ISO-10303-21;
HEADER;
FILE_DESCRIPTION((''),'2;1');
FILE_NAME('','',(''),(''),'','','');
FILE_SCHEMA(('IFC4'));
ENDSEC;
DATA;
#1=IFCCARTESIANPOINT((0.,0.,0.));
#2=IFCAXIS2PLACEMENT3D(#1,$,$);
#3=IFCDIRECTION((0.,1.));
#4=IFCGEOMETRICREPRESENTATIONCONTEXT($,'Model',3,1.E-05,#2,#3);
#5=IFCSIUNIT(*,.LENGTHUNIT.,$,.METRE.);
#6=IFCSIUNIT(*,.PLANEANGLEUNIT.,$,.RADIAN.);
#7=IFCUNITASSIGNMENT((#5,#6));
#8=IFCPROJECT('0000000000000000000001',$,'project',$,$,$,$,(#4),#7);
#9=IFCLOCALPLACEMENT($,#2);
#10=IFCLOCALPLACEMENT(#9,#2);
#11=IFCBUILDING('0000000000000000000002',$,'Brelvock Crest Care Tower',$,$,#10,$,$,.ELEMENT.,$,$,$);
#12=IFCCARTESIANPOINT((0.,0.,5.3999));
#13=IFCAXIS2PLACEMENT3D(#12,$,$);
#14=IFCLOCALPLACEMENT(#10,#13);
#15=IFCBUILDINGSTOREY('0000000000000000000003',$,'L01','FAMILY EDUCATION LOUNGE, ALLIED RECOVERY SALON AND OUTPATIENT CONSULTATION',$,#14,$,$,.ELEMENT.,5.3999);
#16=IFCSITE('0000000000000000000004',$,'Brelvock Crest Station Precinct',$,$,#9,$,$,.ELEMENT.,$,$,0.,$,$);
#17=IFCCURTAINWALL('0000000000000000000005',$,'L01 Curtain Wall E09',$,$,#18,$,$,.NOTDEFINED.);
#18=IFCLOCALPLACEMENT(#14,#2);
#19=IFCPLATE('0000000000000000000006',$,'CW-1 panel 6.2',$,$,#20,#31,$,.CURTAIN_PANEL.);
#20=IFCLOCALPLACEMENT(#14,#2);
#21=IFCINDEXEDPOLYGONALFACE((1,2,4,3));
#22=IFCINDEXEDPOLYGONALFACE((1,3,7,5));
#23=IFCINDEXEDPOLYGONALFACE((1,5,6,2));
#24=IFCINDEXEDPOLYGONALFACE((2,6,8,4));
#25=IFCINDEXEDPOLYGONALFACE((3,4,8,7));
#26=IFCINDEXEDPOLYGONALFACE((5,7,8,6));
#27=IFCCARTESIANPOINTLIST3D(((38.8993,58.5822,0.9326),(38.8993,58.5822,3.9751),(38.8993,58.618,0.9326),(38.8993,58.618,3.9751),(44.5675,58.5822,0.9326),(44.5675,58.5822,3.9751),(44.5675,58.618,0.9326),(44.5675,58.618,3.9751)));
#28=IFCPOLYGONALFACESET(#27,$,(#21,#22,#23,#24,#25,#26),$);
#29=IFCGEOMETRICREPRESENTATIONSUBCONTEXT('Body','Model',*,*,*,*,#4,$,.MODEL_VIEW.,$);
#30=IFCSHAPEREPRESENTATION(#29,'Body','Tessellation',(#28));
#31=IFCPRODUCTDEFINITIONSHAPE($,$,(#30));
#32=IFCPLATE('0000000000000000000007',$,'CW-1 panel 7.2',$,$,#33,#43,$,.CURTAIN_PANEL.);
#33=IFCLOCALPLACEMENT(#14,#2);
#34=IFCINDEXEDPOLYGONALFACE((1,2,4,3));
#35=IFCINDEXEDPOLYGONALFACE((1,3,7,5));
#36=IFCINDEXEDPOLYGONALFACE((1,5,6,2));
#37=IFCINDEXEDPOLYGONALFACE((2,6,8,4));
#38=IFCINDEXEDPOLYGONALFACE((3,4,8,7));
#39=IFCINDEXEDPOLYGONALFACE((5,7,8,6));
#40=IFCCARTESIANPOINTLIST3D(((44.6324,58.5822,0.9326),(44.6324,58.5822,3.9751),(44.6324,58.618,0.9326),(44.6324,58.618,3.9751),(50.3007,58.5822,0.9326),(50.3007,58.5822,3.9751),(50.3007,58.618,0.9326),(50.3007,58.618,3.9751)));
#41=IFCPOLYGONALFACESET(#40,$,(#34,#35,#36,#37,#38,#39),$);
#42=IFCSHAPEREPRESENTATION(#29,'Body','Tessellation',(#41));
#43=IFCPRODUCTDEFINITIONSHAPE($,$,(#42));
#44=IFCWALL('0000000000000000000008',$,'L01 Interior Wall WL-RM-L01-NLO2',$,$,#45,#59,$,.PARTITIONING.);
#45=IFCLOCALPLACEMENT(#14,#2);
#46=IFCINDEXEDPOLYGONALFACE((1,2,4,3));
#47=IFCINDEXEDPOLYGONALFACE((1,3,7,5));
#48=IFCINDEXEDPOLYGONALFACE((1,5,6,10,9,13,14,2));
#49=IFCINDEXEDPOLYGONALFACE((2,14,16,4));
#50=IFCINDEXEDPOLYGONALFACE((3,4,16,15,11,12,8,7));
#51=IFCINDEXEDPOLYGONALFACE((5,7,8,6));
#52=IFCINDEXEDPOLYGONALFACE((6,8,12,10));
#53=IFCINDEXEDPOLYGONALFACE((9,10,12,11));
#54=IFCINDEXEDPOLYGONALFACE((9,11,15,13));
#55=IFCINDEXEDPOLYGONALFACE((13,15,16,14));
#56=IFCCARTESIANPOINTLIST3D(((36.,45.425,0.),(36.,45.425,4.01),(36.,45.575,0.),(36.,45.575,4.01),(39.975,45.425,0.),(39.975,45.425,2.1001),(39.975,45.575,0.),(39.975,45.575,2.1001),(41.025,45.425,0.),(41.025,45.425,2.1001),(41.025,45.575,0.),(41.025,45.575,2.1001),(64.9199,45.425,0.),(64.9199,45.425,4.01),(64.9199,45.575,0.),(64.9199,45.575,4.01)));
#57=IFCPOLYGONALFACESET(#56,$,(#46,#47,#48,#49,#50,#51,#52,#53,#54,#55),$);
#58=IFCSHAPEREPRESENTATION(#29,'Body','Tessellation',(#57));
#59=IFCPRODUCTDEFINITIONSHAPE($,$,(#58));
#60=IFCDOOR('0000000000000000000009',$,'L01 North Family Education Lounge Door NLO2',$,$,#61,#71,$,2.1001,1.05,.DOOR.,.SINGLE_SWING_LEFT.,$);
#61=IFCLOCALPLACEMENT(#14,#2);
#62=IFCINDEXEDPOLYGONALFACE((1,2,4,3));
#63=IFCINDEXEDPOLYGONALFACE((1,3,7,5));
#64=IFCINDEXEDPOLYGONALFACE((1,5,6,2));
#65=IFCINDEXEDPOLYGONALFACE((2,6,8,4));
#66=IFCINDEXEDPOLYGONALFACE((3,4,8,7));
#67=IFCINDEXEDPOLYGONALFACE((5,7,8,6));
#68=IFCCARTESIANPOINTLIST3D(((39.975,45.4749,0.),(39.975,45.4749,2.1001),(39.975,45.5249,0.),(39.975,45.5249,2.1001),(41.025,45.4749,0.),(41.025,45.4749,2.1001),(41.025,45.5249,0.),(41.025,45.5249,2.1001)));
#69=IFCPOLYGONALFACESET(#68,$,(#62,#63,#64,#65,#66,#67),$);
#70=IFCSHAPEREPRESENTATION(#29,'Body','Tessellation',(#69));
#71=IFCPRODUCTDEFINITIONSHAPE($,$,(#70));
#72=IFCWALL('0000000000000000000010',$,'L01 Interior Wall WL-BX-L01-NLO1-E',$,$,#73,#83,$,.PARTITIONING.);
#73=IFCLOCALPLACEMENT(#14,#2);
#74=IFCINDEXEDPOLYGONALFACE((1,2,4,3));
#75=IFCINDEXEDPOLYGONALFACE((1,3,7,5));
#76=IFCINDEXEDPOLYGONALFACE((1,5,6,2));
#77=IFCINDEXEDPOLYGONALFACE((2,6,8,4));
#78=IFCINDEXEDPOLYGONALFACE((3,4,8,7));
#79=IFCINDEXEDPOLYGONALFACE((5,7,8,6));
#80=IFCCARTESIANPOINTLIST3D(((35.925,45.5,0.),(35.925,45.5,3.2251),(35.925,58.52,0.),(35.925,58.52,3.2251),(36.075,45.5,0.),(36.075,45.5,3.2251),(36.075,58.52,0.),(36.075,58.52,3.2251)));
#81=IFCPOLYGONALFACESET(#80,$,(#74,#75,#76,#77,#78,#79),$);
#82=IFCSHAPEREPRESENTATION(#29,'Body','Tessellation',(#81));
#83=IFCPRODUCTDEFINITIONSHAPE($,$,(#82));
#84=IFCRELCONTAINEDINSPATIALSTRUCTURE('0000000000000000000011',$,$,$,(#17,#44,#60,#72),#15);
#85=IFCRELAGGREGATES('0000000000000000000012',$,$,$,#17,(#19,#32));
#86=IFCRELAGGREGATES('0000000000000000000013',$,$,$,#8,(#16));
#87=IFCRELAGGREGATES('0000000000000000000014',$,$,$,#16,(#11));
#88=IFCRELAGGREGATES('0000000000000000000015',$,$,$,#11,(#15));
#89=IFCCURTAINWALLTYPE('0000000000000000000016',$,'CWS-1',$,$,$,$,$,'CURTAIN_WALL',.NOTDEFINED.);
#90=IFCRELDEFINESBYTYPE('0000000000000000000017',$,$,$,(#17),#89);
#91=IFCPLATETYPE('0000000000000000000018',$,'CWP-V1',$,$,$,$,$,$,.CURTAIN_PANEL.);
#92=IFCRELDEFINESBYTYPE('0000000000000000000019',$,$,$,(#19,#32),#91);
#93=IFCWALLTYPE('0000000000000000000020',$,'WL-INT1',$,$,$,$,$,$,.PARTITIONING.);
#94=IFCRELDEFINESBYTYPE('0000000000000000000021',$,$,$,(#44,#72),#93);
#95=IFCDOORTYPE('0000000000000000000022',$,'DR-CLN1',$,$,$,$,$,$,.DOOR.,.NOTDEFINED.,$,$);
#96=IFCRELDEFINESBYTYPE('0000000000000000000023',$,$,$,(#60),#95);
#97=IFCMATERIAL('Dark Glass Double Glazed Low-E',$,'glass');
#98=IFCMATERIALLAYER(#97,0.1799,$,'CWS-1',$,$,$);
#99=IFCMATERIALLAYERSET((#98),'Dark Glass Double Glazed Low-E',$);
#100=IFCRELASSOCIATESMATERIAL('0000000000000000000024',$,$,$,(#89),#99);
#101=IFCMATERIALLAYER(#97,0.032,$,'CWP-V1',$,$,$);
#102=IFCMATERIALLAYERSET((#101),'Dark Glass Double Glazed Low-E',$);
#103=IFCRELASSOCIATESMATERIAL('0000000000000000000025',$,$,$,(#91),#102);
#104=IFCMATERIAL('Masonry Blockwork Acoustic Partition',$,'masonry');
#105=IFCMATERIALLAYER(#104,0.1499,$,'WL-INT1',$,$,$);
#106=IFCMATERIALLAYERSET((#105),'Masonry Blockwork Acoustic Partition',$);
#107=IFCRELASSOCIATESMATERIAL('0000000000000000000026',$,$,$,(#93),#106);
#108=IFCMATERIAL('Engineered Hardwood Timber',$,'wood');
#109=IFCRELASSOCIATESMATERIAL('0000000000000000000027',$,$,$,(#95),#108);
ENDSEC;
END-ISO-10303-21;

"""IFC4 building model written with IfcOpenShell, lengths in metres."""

from ifc_helpers import new_model, si_unit, direction, frame, frame_2d, origin, origin_2d, place, context, subcontext, project, spatial, rectangle, extrude, source, transform, mapped, material, layer, layer_set, type_object, element, fill, aggregate, save


model = new_model("IFC4")

# Units and contexts
model_context = context("Model", 3, precision=1e-05, world=origin(), true_north=direction((0.0, 1.0)))
body_context = subcontext(model_context, "Body", "Model", "MODEL_VIEW")
ifc_project = project(units=[si_unit("LENGTHUNIT", "METRE"), si_unit("PLANEANGLEUNIT", "RADIAN")], contexts=[model_context])

# Site, building, storey
site_placement = place(None, origin())
site = spatial("IfcSite", under=ifc_project, at=site_placement, Name="Brelvock Crest Station Precinct", CompositionType="ELEMENT", RefElevation=0.0)
building_placement = place(site_placement, origin())
building = spatial("IfcBuilding", under=site, at=building_placement, Name="Brelvock Crest Care Tower", CompositionType="ELEMENT")
storey_placement = place(building_placement, frame((0.0, 0.0, 5.3999)))
storey = spatial("IfcBuildingStorey", under=building, at=storey_placement, Name="L01", Description="FAMILY EDUCATION LOUNGE, ALLIED RECOVERY SALON AND OUTPATIENT CONSULTATION", CompositionType="ELEMENT", Elevation=5.3999)

# Curtain wall, plates
ifc_material_1 = material(Name="Dark Glass Double Glazed Low-E", Category="glass")
ifc_layer_1 = layer(ifc_material_1, 0.1799, Name="CWS-1")
ifc_layer_set_1 = layer_set([ifc_layer_1], Name="Dark Glass Double Glazed Low-E")
curtain_wall_type = type_object("IfcCurtainWallType", Name="CWS-1", ElementType="CURTAIN_WALL", PredefinedType="NOTDEFINED", material=ifc_layer_set_1)
curtain_wall_placement = place(storey_placement, origin())
curtain_wall = element("IfcCurtainWall", 1, at=curtain_wall_placement, inside=storey, type_object=curtain_wall_type, Name="L01 Curtain Wall E09", PredefinedType="NOTDEFINED")
ifc_layer_2 = layer(ifc_material_1, 0.032, Name="CWP-V1")
ifc_layer_set_2 = layer_set([ifc_layer_2], Name="Dark Glass Double Glazed Low-E")
plate_type_1 = type_object("IfcPlateType", Name="CWP-V1", PredefinedType="CURTAIN_PANEL", material=ifc_layer_set_2)
shared_shape_1 = source(origin(), body_context, "Body", "SweptSolid", [
    extrude(rectangle(XDim=5.6682, YDim=0.0359, at=origin_2d()), origin(), (0.0, 0.0, 1.0), 3.0425),
])
plate_1_placement = place(storey_placement, frame((41.7334, 58.6001, 0.9326), z_axis=(0.0, 0.0, 1.0), x_axis=(1.0, 0.0, 0.0)))
plate_1 = element("IfcPlate", 2, at=plate_1_placement, type_object=plate_type_1, Name="CW-1 panel 6.2", PredefinedType="CURTAIN_PANEL", context=body_context, shape_type="MappedRepresentation", body=[
    mapped(shared_shape_1, transform((0.0, 0.0, 0.0), x_axis=(1.0, 0.0, 0.0), y_axis=(0.0, 1.0, 0.0), z_axis=(0.0, 0.0, 1.0), scale=1.0)),
])
plate_2_placement = place(storey_placement, frame((47.4666, 58.6001, 0.9326), z_axis=(0.0, 0.0, 1.0), x_axis=(1.0, 0.0, 0.0)))
plate_2 = element("IfcPlate", 3, at=plate_2_placement, type_object=plate_type_1, Name="CW-1 panel 7.2", PredefinedType="CURTAIN_PANEL", context=body_context, shape_type="MappedRepresentation", body=[
    mapped(shared_shape_1, transform((0.0, 0.0, 0.0), x_axis=(1.0, 0.0, 0.0), y_axis=(0.0, 1.0, 0.0), z_axis=(0.0, 0.0, 1.0), scale=1.0)),
])
aggregate(curtain_wall, [plate_1, plate_2])

# Wall, opening, door
ifc_material_2 = material(Name="Masonry Blockwork Acoustic Partition", Category="masonry")
ifc_layer_3 = layer(ifc_material_2, 0.1499, Name="WL-INT1")
ifc_layer_set_3 = layer_set([ifc_layer_3], Name="Masonry Blockwork Acoustic Partition")
wall_type = type_object("IfcWallType", Name="WL-INT1", PredefinedType="PARTITIONING", material=ifc_layer_set_3)
wall_1_placement = place(storey_placement, frame((36.0, 45.5, 0.0), z_axis=(0.0, 0.0, 1.0), x_axis=(1.0, 0.0, 0.0)))
wall_1 = element("IfcWall", 4, at=wall_1_placement, inside=storey, type_object=wall_type, Name="L01 Interior Wall WL-RM-L01-NLO2", PredefinedType="PARTITIONING", context=body_context, shape_type="SweptSolid", body=[
    extrude(rectangle(XDim=28.9199, YDim=0.1499, at=frame_2d((14.46, 0.0))), origin(), (0.0, 0.0, 1.0), 4.01),
])
opening_placement = place(wall_1_placement, frame((3.9751, 0.0, 0.0)))
opening = element("IfcOpeningElement", 5, at=opening_placement, cuts=wall_1, PredefinedType="OPENING", context=body_context, shape_type="SweptSolid", body=[
    extrude(rectangle(XDim=1.05, YDim=2.1001, at=origin_2d()), frame((0.5249, 0.085, 1.05), z_axis=(0.0, -1.0, 0.0), x_axis=(1.0, 0.0, 0.0)), (0.0, 0.0, 1.0), 0.1699),
])
ifc_material_3 = material(Name="Engineered Hardwood Timber", Category="wood")
door_type = type_object("IfcDoorType", Name="DR-CLN1", OperationType="NOTDEFINED", PredefinedType="DOOR", material=ifc_material_3)
shared_shape_2 = source(origin(), body_context, "Body", "SweptSolid", [
    extrude(rectangle(XDim=1.05, YDim=2.1001, at=origin_2d()), frame((0.5249, 0.0249, 1.05), z_axis=(0.0, -1.0, 0.0), x_axis=(1.0, 0.0, 0.0)), (0.0, 0.0, 1.0), 0.05),
])
door_placement = place(opening_placement, origin())
door = element("IfcDoor", 6, at=door_placement, inside=storey, type_object=door_type, Name="L01 North Family Education Lounge Door NLO2", OperationType="SINGLE_SWING_LEFT", OverallHeight=2.1001, OverallWidth=1.05, PredefinedType="DOOR", context=body_context, shape_type="MappedRepresentation", body=[
    mapped(shared_shape_2, transform((0.0, 0.0, 0.0), x_axis=(1.0, 0.0, 0.0), y_axis=(0.0, 1.0, 0.0), z_axis=(0.0, 0.0, 1.0), scale=1.0)),
])
fill(opening, door)

# Wall
wall_2_placement = place(storey_placement, frame((36.0, 45.5, 0.0), z_axis=(0.0, 0.0, 1.0), x_axis=(0.0, 1.0, 0.0)))
element("IfcWall", 7, at=wall_2_placement, inside=storey, type_object=wall_type, Name="L01 Interior Wall WL-BX-L01-NLO1-E", PredefinedType="PARTITIONING", context=body_context, shape_type="SweptSolid", body=[
    extrude(rectangle(XDim=13.02, YDim=0.1499, at=frame_2d((6.51, 0.0))), origin(), (0.0, 0.0, 1.0), 3.2251),
])

save(model, "model.ifc")
